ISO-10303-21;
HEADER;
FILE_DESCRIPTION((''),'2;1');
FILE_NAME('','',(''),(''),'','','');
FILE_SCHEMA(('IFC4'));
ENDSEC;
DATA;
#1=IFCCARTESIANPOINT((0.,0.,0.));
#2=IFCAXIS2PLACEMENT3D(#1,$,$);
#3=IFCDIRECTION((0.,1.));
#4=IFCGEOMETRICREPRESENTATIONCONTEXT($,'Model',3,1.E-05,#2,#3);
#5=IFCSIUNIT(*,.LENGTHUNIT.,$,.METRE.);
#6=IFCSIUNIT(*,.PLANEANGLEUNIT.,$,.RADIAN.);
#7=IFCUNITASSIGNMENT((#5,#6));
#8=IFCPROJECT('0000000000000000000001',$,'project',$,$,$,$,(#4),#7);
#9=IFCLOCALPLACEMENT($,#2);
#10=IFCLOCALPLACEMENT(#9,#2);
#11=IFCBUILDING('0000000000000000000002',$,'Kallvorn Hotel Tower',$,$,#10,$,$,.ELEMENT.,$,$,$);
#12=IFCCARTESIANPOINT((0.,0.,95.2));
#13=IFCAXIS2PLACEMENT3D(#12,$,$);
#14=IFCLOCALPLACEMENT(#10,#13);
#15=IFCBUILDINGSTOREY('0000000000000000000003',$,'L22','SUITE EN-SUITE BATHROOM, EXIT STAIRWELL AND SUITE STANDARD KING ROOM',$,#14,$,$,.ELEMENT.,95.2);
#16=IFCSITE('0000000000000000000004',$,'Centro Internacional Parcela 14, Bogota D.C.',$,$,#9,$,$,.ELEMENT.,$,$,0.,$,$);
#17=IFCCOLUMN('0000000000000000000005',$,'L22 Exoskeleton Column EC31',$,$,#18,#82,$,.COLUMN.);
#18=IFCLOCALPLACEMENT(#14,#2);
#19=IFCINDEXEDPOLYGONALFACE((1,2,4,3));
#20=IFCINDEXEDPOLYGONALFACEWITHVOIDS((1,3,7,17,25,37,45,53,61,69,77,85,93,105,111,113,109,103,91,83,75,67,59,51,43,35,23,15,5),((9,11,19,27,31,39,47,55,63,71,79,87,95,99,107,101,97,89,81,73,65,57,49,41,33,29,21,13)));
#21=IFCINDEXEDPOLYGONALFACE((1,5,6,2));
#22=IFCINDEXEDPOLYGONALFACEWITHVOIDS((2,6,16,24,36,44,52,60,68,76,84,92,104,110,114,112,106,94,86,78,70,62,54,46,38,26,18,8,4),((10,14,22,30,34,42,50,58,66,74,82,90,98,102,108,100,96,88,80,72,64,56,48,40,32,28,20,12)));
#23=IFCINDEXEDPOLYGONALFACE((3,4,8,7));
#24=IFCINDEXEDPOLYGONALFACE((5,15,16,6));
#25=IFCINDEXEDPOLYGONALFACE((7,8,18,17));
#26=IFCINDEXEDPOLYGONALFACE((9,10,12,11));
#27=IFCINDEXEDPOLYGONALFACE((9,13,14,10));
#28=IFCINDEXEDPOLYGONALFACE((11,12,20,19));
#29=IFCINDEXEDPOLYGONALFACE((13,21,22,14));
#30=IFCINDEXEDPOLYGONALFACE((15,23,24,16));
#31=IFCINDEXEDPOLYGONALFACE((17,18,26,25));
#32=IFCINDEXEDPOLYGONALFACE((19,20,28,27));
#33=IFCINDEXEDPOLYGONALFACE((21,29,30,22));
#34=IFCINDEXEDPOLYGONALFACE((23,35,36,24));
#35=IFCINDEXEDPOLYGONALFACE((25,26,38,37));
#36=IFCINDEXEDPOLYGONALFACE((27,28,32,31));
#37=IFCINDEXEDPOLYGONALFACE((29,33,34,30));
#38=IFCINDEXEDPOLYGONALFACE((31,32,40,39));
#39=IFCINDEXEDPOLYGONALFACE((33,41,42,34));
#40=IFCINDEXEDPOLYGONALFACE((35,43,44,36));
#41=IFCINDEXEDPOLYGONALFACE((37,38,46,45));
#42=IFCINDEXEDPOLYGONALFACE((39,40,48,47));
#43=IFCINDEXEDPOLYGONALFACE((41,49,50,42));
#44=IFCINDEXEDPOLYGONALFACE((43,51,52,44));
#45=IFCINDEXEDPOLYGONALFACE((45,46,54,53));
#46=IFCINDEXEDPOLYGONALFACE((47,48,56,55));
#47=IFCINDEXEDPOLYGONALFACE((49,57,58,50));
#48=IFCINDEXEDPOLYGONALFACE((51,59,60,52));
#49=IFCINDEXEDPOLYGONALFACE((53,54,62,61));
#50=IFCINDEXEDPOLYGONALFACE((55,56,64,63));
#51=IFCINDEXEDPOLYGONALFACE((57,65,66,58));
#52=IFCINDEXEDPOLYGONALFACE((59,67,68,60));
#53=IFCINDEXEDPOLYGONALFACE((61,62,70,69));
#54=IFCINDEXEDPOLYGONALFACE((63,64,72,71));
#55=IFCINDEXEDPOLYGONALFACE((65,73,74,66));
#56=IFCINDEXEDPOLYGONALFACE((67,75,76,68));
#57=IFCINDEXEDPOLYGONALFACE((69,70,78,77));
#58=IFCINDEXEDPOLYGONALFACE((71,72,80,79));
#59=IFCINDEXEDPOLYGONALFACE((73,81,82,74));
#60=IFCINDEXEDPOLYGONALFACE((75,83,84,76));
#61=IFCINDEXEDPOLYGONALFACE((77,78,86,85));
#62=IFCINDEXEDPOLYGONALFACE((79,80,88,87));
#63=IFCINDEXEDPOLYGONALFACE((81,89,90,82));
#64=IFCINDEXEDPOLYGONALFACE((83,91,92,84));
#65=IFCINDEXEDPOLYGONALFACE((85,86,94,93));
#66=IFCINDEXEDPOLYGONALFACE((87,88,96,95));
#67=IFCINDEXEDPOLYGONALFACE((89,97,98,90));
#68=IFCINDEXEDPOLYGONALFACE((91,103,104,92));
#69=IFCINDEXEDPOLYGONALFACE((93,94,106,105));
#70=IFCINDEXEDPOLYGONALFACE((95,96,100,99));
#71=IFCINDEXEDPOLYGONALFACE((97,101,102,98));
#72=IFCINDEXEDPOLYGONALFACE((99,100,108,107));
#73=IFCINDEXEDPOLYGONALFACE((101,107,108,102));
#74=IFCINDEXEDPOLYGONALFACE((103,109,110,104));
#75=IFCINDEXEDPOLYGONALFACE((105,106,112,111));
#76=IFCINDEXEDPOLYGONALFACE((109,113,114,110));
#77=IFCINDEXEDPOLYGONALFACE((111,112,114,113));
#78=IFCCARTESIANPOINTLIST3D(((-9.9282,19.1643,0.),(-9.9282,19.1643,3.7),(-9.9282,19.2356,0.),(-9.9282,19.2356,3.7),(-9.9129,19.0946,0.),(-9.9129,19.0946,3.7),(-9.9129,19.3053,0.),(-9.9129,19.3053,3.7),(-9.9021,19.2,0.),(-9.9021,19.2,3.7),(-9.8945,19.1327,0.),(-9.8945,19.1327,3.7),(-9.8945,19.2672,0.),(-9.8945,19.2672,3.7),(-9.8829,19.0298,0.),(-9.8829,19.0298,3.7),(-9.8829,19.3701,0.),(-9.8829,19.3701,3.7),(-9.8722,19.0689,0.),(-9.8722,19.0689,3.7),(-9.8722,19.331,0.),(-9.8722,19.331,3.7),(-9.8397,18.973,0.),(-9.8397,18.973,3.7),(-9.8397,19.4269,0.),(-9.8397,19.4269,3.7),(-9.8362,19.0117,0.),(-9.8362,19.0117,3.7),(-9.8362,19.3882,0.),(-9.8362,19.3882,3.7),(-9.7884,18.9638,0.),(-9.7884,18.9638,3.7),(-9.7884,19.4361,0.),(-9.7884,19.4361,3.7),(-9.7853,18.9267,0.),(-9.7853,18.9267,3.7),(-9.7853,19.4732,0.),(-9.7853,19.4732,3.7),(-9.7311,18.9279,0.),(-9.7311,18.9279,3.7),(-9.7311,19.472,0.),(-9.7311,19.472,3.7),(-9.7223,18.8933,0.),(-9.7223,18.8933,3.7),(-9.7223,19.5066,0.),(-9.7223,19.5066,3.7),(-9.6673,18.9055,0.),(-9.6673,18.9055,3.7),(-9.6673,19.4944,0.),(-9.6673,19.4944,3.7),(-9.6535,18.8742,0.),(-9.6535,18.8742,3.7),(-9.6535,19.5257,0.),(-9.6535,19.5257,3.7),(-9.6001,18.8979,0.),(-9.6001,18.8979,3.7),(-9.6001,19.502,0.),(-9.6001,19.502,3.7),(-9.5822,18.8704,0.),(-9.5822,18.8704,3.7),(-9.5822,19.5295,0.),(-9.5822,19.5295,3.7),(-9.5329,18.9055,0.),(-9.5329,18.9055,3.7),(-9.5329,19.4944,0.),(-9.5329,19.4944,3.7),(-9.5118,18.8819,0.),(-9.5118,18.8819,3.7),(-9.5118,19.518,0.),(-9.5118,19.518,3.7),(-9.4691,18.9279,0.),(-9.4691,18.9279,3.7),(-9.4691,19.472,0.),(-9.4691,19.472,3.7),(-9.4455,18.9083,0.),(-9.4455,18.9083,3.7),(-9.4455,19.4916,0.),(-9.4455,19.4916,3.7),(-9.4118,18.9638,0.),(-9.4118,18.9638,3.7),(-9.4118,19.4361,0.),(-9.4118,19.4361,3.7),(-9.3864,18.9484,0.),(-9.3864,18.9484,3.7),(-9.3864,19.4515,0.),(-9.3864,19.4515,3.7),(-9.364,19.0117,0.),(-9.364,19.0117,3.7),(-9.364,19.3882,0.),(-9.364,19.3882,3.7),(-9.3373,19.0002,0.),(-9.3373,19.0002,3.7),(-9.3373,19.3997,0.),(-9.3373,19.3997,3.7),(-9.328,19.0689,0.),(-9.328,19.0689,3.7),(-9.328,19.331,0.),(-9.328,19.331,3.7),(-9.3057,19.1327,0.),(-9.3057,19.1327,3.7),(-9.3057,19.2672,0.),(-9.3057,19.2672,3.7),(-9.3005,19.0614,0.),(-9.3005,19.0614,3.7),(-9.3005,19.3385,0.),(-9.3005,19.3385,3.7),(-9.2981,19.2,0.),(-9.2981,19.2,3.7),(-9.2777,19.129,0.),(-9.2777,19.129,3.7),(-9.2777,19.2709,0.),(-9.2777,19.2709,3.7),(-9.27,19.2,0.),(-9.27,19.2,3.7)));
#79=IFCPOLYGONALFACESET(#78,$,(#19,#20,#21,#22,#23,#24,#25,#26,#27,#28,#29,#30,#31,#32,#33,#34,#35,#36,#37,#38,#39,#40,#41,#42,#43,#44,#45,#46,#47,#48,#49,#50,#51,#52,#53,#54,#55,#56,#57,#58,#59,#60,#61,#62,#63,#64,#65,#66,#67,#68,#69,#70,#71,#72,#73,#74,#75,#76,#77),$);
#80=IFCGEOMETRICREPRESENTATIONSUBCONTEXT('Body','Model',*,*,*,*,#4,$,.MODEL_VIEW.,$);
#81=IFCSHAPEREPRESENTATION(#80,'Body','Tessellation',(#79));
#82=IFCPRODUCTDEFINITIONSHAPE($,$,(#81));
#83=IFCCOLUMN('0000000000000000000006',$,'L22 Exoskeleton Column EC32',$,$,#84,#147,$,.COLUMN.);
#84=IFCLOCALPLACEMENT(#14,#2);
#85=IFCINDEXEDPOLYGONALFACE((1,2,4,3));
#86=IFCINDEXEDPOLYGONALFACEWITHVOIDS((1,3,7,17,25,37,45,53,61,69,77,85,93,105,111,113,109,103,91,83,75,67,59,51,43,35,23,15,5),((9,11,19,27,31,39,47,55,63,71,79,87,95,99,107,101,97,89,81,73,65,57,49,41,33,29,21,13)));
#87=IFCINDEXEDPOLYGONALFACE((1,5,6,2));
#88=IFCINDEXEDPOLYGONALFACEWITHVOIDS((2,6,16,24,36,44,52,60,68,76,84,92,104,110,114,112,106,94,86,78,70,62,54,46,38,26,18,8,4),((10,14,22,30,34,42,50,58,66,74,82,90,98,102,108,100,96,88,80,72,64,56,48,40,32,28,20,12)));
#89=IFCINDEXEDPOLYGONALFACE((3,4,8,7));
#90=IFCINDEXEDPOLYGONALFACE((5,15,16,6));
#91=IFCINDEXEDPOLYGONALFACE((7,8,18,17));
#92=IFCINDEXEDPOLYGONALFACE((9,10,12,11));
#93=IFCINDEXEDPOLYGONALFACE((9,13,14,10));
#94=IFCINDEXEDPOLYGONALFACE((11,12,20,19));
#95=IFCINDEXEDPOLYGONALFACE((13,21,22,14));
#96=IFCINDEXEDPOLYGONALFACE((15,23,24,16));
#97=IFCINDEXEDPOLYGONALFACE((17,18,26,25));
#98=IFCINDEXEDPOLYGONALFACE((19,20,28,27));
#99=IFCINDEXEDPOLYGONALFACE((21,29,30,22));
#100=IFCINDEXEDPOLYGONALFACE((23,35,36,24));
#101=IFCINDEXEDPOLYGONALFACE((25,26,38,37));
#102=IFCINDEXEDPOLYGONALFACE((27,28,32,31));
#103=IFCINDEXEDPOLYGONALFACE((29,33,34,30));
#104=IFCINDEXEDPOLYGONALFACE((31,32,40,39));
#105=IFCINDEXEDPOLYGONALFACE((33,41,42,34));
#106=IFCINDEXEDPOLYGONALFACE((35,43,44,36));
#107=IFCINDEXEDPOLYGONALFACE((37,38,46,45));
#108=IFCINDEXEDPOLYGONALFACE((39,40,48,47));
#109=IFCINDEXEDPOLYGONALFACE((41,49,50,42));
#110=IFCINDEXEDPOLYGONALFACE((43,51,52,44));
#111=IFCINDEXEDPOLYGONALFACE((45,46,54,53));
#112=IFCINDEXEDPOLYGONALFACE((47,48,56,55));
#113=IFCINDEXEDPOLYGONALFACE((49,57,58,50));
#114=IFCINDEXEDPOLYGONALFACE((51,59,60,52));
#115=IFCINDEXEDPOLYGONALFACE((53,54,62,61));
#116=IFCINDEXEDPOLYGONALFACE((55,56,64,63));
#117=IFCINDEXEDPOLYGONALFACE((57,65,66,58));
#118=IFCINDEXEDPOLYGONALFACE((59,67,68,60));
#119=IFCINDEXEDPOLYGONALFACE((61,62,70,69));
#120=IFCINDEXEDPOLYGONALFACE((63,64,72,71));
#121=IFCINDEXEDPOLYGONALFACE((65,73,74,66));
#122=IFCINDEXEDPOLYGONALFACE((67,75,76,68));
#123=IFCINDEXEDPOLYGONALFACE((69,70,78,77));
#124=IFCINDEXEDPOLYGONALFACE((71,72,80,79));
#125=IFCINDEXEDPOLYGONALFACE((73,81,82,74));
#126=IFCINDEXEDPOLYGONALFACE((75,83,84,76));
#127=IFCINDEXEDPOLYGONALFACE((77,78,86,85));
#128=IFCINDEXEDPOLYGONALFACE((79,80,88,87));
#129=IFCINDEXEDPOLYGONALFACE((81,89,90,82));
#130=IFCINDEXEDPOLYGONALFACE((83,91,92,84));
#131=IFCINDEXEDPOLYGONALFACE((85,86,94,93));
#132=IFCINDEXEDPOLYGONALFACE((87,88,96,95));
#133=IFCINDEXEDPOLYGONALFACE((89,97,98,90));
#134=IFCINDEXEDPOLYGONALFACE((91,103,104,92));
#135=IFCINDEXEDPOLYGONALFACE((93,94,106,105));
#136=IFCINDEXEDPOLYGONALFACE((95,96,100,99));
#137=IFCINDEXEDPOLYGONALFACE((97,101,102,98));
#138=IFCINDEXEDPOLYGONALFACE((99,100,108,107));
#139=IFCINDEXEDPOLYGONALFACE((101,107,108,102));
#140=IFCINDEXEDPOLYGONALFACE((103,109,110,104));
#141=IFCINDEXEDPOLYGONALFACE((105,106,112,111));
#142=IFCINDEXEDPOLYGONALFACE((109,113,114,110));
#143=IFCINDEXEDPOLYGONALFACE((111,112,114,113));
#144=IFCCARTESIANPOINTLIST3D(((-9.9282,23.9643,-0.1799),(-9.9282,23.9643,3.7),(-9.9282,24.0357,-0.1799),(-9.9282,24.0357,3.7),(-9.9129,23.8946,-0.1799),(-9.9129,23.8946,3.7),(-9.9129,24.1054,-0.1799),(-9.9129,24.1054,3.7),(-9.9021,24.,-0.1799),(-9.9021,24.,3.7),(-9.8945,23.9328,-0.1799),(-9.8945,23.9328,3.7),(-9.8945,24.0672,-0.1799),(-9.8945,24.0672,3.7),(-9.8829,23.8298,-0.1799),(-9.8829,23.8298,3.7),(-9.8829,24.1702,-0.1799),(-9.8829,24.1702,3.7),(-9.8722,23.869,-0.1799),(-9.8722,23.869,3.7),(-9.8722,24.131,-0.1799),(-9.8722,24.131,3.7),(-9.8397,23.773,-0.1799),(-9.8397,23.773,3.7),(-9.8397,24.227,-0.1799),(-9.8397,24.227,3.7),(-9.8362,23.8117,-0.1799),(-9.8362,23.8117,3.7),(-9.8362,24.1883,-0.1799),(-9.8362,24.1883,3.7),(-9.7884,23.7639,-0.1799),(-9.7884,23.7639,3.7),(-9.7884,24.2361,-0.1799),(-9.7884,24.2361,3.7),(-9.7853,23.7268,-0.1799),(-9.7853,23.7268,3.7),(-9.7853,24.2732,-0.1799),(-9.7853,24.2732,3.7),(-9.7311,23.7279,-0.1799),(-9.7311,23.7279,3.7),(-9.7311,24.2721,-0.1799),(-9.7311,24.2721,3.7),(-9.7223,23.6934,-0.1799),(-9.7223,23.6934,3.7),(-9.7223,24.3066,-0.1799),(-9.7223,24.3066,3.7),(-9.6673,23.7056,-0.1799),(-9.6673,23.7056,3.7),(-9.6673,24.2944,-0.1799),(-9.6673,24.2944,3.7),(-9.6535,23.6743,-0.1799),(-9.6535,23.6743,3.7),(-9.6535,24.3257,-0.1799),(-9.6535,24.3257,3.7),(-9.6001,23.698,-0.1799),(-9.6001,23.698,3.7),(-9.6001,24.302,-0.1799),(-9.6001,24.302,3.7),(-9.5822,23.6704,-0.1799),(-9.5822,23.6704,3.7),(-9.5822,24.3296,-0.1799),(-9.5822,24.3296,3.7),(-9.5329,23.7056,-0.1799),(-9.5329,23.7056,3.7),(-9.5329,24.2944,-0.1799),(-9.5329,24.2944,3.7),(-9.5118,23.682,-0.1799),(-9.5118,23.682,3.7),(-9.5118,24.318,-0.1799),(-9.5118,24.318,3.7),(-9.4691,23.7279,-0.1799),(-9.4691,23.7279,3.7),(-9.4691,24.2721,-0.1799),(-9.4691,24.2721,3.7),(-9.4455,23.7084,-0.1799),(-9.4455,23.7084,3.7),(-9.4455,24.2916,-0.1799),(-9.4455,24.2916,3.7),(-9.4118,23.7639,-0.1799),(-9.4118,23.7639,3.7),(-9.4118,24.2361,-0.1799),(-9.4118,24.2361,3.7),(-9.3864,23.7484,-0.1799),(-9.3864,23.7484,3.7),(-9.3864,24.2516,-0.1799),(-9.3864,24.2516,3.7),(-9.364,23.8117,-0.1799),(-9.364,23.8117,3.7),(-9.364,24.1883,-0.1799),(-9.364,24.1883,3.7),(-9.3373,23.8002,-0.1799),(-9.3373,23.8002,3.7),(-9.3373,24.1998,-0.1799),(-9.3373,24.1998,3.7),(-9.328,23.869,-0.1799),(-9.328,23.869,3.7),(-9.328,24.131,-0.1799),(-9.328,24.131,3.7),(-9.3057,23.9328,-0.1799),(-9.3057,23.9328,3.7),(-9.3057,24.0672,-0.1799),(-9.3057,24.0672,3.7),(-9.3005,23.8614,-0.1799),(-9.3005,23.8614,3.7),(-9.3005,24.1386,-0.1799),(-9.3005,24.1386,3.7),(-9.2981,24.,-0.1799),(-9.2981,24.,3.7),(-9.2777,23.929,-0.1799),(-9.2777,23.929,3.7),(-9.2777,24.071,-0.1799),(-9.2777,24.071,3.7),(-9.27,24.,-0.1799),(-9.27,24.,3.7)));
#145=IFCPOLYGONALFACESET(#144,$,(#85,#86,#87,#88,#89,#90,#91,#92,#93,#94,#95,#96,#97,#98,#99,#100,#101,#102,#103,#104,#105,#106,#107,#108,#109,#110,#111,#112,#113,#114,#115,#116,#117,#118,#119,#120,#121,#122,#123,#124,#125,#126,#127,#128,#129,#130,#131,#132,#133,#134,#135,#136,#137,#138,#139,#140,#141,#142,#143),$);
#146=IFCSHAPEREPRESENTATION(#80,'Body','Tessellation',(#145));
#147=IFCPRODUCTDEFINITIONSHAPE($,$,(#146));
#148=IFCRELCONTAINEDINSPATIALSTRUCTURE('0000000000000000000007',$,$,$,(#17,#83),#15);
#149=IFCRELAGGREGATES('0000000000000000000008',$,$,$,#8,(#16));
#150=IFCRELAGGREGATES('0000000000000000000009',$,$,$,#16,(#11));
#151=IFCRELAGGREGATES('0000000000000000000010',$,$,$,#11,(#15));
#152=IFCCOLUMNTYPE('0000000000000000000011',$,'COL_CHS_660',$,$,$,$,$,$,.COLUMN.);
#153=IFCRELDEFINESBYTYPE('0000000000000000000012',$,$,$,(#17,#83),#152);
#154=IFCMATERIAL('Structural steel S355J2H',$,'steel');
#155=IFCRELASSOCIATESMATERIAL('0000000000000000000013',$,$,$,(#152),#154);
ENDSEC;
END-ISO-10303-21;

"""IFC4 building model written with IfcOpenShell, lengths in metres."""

from ifc_helpers import new_model, si_unit, direction, frame, origin, origin_2d, place, context, subcontext, project, spatial, hollow_circle, extrude, material, material_profile, profile_set, type_object, element, save


model = new_model("IFC4")

# Units and contexts
model_context = context("Model", 3, precision=1e-05, world=origin(), true_north=direction((0.0, 1.0)))
body_context = subcontext(model_context, "Body", "Model", "MODEL_VIEW")
ifc_project = project(units=[si_unit("LENGTHUNIT", "METRE"), si_unit("PLANEANGLEUNIT", "RADIAN")], contexts=[model_context])

# Site, building, storey
site_placement = place(None, origin())
site = spatial("IfcSite", under=ifc_project, at=site_placement, Name="Centro Internacional Parcela 14, Bogota D.C.", CompositionType="ELEMENT", RefElevation=0.0)
building_placement = place(site_placement, origin())
building = spatial("IfcBuilding", under=site, at=building_placement, Name="Kallvorn Hotel Tower", CompositionType="ELEMENT")
storey_placement = place(building_placement, frame((0.0, 0.0, 95.2)))
storey = spatial("IfcBuildingStorey", under=building, at=storey_placement, Name="L22", Description="SUITE EN-SUITE BATHROOM, EXIT STAIRWELL AND SUITE STANDARD KING ROOM", CompositionType="ELEMENT", Elevation=95.2)

# Columns
ifc_material_1 = material(Name="Structural steel S355J2H", Category="steel")
ifc_material_profile_1 = material_profile(ifc_material_1, hollow_circle(Radius=0.3301, WallThickness=0.0281, at=origin_2d()), Name="CHS 660x28")
ifc_profile_set_1 = profile_set([ifc_material_profile_1], Name="Structural steel S355J2H")
column_type_1 = type_object("IfcColumnType", Name="COL_CHS_660", PredefinedType="COLUMN", material=ifc_profile_set_1)
column_1_placement = place(storey_placement, frame((-9.6001, 19.2, 0.0), z_axis=(0.0, 0.0, 1.0), x_axis=(1.0, 0.0, 0.0)))
element("IfcColumn", 1, at=column_1_placement, inside=storey, type_object=column_type_1, Name="L22 Exoskeleton Column EC31", PredefinedType="COLUMN", context=body_context, shape_type="SweptSolid", body=[
    extrude(hollow_circle(Radius=0.3301, WallThickness=0.0281, at=origin_2d()), origin(), (0.0, 0.0, 1.0), 3.7),
])
column_2_placement = place(storey_placement, frame((-9.6001, 24.0, -0.1799), z_axis=(0.0, 0.0, 1.0), x_axis=(1.0, 0.0, 0.0)))
element("IfcColumn", 2, at=column_2_placement, inside=storey, type_object=column_type_1, Name="L22 Exoskeleton Column EC32", PredefinedType="COLUMN", context=body_context, shape_type="SweptSolid", body=[
    extrude(hollow_circle(Radius=0.3301, WallThickness=0.0281, at=origin_2d()), origin(), (0.0, 0.0, 1.0), 3.8799),
])

save(model, "model.ifc")
